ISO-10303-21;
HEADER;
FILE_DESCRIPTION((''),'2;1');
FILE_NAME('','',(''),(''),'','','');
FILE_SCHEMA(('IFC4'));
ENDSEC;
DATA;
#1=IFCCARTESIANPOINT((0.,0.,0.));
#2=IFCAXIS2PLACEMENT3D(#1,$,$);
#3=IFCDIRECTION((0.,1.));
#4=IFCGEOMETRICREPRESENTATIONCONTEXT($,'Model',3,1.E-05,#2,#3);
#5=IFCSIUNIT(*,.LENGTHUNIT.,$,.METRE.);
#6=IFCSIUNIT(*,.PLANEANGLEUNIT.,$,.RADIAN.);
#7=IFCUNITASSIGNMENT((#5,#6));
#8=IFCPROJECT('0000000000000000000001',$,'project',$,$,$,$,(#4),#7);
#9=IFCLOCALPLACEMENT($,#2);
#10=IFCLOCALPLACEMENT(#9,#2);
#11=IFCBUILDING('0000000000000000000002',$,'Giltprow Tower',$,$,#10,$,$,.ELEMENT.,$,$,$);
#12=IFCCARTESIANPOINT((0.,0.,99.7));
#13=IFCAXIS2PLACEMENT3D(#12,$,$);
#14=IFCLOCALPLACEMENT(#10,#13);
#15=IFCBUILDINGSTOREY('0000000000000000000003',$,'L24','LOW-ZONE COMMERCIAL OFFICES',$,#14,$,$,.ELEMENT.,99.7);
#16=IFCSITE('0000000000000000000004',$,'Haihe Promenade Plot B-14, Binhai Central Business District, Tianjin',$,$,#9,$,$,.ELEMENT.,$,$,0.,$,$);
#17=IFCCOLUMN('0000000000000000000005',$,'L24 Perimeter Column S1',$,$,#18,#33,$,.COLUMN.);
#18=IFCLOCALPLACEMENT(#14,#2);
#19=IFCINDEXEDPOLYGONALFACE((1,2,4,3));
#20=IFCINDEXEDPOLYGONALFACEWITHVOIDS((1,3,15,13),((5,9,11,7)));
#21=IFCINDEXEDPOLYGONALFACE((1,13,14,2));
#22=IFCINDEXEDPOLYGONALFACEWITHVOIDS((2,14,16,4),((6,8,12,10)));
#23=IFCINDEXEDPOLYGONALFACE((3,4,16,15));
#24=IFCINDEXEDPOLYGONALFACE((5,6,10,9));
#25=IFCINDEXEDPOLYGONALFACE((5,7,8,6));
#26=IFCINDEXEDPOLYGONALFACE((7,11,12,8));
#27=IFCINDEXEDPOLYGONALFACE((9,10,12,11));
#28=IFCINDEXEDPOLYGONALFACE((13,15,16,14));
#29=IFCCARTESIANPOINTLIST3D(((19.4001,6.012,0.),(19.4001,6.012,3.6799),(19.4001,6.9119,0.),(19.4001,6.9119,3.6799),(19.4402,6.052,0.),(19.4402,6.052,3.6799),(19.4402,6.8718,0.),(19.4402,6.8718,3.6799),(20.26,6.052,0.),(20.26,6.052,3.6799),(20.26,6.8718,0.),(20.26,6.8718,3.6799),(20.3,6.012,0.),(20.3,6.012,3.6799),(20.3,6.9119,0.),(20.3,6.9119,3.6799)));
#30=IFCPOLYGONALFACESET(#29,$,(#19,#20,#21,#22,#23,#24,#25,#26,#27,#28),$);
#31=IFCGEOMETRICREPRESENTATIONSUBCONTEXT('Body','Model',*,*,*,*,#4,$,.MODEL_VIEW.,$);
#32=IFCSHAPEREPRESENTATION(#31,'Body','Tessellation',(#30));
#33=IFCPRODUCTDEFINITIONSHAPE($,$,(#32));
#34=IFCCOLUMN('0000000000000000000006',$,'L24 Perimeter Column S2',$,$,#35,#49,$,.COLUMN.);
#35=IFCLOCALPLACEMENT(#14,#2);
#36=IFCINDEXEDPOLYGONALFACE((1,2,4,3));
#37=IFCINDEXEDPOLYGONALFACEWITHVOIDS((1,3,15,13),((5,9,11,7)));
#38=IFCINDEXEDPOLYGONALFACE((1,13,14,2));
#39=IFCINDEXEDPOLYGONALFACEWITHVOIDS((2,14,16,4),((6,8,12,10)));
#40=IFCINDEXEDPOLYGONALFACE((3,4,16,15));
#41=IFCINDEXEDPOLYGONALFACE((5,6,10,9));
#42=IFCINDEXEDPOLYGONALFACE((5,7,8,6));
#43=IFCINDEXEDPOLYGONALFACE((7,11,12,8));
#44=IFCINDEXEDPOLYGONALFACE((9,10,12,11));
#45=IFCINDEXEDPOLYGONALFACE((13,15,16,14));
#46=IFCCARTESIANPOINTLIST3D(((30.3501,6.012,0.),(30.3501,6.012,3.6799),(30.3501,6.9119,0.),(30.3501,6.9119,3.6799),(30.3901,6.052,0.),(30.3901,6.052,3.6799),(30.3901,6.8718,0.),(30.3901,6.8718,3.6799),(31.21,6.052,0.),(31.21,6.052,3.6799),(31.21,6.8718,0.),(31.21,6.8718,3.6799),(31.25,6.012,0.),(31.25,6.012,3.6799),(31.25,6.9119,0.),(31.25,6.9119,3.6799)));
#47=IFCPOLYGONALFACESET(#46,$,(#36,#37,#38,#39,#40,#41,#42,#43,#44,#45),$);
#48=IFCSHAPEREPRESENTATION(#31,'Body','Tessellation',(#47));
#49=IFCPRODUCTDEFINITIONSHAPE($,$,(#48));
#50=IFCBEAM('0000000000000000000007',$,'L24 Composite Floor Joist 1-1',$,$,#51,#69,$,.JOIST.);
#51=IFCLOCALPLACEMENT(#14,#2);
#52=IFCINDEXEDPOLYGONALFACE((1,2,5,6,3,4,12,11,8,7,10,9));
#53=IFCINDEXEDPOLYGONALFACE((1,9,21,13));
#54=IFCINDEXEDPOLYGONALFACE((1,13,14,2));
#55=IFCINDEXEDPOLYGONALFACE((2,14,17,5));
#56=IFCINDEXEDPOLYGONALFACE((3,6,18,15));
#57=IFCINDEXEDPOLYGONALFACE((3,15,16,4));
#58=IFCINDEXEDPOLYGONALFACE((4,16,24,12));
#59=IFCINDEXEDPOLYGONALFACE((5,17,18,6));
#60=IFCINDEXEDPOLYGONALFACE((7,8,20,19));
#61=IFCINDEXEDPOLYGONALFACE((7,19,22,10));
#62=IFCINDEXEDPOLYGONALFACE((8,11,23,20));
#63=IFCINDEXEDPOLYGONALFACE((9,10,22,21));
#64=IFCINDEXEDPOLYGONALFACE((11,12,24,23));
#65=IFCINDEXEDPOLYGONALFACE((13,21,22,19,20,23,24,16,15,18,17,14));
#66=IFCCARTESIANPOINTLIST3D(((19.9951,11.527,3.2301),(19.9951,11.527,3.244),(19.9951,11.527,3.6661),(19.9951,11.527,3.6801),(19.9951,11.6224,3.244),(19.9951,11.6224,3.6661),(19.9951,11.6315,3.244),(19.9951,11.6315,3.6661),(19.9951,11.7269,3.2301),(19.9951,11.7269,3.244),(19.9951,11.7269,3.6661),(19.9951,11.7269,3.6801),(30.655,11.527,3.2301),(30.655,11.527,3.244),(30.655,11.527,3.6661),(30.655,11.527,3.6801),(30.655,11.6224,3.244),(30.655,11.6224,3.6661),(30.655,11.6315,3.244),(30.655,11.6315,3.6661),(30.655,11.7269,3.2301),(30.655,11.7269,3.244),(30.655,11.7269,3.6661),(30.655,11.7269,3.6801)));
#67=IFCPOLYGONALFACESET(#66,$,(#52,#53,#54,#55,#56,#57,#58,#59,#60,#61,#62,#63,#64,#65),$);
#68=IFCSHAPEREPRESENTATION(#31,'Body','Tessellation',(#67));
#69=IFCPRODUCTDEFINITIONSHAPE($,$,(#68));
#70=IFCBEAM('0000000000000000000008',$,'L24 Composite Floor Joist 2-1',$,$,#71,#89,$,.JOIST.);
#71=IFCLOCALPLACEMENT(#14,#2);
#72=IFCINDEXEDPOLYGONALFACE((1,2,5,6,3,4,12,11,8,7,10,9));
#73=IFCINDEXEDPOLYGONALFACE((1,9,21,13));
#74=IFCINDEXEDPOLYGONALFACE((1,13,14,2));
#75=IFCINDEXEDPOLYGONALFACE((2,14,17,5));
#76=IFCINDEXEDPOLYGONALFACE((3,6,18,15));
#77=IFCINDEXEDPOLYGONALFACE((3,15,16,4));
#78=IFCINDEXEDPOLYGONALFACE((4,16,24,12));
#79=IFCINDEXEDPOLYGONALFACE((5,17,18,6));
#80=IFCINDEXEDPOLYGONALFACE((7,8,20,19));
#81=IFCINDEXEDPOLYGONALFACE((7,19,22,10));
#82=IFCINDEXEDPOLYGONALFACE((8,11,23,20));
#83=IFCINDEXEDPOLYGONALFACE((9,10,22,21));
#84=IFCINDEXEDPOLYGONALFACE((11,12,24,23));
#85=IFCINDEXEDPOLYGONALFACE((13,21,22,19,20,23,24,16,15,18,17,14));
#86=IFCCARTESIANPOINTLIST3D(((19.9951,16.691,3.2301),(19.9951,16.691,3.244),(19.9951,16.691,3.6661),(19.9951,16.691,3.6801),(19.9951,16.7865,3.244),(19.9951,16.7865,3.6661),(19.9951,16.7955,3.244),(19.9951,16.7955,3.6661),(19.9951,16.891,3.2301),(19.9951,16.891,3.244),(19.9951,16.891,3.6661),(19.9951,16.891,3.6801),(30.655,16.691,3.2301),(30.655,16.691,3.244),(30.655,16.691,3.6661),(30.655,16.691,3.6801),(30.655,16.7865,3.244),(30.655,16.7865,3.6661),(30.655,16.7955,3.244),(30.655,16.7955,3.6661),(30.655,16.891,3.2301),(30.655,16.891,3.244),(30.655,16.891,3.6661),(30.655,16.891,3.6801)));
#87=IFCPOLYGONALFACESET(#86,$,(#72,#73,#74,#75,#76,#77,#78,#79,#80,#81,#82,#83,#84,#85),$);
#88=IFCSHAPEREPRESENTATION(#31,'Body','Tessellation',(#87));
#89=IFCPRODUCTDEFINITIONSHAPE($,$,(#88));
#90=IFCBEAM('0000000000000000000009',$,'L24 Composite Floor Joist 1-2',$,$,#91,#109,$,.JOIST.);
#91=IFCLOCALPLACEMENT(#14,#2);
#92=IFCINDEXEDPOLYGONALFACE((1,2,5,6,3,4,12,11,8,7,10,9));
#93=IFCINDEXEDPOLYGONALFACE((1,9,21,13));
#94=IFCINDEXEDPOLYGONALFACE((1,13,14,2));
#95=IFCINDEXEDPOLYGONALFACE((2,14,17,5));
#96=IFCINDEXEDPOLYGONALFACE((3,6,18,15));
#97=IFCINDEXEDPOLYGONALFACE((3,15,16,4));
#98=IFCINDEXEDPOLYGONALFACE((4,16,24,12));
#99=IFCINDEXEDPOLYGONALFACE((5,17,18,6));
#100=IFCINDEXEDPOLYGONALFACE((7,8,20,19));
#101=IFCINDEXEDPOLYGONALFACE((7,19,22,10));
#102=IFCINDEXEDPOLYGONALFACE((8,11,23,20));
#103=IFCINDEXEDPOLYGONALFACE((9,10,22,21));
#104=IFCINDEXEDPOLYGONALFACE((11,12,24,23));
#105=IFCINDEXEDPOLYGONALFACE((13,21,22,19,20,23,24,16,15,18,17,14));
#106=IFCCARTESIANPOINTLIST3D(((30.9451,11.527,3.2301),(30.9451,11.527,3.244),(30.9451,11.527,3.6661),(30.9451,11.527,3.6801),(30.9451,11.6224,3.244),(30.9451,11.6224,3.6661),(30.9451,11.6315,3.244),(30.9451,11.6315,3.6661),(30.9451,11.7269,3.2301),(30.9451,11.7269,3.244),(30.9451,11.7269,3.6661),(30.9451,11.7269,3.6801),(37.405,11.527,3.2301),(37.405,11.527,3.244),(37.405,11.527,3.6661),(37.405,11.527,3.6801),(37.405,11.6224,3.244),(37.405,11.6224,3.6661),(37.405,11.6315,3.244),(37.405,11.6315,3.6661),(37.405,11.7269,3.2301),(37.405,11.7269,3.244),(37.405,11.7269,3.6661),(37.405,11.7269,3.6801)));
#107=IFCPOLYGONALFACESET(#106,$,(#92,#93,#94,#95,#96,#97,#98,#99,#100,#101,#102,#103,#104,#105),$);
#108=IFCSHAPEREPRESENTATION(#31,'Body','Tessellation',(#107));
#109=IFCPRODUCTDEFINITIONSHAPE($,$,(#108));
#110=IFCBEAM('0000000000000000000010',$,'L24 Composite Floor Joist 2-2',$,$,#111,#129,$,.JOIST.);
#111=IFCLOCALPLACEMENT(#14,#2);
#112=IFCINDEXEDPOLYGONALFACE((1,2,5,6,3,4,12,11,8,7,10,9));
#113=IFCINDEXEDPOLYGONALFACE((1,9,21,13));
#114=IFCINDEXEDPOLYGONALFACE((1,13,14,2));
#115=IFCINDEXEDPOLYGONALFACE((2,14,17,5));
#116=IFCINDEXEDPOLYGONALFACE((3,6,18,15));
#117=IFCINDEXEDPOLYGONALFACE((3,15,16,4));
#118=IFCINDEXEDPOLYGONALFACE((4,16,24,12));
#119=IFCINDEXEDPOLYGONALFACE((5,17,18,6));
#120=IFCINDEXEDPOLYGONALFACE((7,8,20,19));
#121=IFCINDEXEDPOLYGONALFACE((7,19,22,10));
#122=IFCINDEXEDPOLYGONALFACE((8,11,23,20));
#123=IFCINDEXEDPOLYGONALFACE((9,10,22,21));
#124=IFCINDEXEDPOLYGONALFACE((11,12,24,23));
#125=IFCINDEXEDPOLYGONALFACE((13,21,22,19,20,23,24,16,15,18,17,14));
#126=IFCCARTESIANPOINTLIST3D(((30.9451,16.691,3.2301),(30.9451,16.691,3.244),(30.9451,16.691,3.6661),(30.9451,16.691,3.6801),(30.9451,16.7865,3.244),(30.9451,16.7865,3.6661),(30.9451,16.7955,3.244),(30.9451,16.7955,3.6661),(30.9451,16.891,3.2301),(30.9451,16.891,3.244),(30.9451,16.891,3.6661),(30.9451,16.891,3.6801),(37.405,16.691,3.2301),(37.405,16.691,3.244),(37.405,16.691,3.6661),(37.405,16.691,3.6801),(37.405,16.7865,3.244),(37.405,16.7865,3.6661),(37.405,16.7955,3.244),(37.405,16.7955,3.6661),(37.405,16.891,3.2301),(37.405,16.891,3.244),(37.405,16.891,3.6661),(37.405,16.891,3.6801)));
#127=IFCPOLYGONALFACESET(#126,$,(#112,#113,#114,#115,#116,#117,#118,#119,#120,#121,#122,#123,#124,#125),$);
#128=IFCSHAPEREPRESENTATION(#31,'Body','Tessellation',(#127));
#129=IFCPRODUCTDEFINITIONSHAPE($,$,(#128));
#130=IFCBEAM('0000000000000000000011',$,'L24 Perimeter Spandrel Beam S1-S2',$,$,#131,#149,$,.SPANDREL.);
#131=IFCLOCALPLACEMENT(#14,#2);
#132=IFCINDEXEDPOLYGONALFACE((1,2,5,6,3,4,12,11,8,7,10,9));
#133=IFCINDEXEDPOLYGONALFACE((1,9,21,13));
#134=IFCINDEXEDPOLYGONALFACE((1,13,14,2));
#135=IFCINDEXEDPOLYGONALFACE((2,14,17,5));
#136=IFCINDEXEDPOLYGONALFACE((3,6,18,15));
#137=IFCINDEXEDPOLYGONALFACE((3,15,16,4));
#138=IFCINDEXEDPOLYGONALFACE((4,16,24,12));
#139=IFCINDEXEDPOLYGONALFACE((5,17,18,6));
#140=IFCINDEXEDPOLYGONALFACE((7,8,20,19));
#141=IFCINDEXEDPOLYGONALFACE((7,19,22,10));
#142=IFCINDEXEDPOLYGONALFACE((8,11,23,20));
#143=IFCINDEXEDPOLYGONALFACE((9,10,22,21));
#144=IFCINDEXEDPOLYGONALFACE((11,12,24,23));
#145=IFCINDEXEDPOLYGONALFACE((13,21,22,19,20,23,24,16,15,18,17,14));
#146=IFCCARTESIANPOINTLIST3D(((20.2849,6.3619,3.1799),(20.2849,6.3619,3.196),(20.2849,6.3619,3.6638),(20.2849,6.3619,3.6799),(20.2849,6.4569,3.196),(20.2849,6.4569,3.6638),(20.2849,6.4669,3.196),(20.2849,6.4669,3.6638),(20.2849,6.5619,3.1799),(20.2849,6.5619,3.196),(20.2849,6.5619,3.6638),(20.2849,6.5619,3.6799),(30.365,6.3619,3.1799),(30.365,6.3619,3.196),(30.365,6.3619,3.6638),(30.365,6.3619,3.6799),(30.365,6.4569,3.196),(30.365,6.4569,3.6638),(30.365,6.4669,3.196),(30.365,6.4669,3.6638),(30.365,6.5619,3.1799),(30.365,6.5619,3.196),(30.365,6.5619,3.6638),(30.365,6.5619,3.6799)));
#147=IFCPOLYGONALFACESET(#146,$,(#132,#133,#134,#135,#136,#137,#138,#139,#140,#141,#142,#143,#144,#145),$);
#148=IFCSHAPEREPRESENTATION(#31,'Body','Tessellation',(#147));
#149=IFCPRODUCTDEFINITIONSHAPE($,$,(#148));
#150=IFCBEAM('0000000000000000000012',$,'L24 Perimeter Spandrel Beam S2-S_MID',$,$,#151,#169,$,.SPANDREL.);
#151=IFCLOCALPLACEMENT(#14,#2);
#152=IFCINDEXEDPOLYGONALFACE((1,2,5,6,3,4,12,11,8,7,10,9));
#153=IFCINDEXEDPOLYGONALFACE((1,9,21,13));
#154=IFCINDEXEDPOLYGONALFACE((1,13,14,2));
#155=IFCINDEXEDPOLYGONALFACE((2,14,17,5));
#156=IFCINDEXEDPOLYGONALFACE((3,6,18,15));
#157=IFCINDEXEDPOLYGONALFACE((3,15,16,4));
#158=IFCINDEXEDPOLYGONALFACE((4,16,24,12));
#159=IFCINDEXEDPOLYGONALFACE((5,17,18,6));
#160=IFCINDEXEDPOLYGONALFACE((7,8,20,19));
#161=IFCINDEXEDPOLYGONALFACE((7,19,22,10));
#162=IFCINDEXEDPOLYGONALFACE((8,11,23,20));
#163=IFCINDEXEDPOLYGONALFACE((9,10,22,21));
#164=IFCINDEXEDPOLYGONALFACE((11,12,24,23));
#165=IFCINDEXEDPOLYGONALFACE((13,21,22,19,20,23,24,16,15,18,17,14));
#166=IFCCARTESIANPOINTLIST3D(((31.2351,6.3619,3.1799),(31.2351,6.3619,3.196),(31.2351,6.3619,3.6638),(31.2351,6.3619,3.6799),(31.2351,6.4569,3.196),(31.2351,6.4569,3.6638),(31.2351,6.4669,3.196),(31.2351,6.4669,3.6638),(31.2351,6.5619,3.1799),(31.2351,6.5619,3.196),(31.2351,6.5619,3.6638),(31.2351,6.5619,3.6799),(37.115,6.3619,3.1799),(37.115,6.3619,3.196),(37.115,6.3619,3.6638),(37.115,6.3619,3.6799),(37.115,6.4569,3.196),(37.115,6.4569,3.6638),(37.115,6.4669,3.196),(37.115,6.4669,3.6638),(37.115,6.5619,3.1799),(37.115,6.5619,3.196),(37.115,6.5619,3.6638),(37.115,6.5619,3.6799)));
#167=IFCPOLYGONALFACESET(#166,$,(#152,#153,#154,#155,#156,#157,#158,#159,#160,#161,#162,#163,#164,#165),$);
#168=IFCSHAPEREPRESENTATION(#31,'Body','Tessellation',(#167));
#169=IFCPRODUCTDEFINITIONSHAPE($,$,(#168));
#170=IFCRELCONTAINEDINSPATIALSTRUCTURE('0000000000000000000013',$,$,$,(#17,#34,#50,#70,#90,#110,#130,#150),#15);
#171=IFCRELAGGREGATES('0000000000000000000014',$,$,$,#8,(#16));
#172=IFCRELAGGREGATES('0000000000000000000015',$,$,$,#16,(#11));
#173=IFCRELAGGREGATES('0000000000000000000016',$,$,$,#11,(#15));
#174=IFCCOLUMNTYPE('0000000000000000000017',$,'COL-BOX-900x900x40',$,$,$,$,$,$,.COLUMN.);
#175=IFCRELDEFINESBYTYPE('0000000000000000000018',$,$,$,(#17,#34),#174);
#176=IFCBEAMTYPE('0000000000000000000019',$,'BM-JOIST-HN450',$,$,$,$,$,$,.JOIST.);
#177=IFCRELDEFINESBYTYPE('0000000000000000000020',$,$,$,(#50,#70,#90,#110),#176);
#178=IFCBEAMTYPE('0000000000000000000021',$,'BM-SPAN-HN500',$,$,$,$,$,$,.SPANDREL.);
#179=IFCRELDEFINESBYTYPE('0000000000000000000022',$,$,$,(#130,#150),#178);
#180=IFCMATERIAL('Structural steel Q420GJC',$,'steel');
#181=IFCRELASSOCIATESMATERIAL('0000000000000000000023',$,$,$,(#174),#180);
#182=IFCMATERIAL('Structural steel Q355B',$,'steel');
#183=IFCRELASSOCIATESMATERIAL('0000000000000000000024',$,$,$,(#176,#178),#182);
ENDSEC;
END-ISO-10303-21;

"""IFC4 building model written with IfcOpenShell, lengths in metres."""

from ifc_helpers import new_model, si_unit, direction, frame, origin, origin_2d, place, context, subcontext, project, spatial, hollow_rectangle, i_section, extrude, source, transform, mapped, material, material_profile, profile_set, type_object, element, save


model = new_model("IFC4")

# Units and contexts
model_context = context("Model", 3, precision=1e-05, world=origin(), true_north=direction((0.0, 1.0)))
body_context = subcontext(model_context, "Body", "Model", "MODEL_VIEW")
ifc_project = project(units=[si_unit("LENGTHUNIT", "METRE"), si_unit("PLANEANGLEUNIT", "RADIAN")], contexts=[model_context])

# Site, building, storey
site_placement = place(None, origin())
site = spatial("IfcSite", under=ifc_project, at=site_placement, Name="Haihe Promenade Plot B-14, Binhai Central Business District, Tianjin", CompositionType="ELEMENT", RefElevation=0.0)
building_placement = place(site_placement, origin())
building = spatial("IfcBuilding", under=site, at=building_placement, Name="Giltprow Tower", CompositionType="ELEMENT")
storey_placement = place(building_placement, frame((0.0, 0.0, 99.7)))
storey = spatial("IfcBuildingStorey", under=building, at=storey_placement, Name="L24", Description="LOW-ZONE COMMERCIAL OFFICES", CompositionType="ELEMENT", Elevation=99.7)

# Columns
ifc_material_1 = material(Name="Structural steel Q420GJC", Category="steel")
ifc_material_profile_1 = material_profile(ifc_material_1, hollow_rectangle(XDim=0.8999, YDim=0.8999, WallThickness=0.04, at=origin_2d()), Name="BOX 900x900x40")
ifc_profile_set_1 = profile_set([ifc_material_profile_1], Name="Structural steel Q420GJC")
column_type = type_object("IfcColumnType", Name="COL-BOX-900x900x40", PredefinedType="COLUMN", material=ifc_profile_set_1)
shared_shape_1 = source(origin(), body_context, "Body", "SweptSolid", [
    extrude(hollow_rectangle(XDim=0.8999, YDim=0.8999, WallThickness=0.04, at=origin_2d()), origin(), (0.0, 0.0, 1.0), 3.6799),
])
for number, where, z_axis, x_axis, name in (
    (1, (19.8501, 6.4619, 0.0), (0.0, 0.0, 1.0), (1.0, 0.0, 0.0), "L24 Perimeter Column S1"),
    (2, (30.8, 6.4619, 0.0), (0.0, 0.0, 1.0), (1.0, 0.0, 0.0), "L24 Perimeter Column S2"),
):
    element("IfcColumn", number, at=place(storey_placement, frame(where, z_axis=z_axis, x_axis=x_axis)), inside=storey, type_object=column_type, Name=name, PredefinedType="COLUMN", context=body_context, shape_type="MappedRepresentation", body=[
        mapped(shared_shape_1, transform((0.0, 0.0, 0.0), x_axis=(1.0, 0.0, 0.0), y_axis=(0.0, 1.0, 0.0), z_axis=(0.0, 0.0, 1.0), scale=1.0)),
    ])

# Beams
ifc_material_2 = material(Name="Structural steel Q355B", Category="steel")
ifc_material_profile_2 = material_profile(ifc_material_2, i_section(OverallWidth=0.2, OverallDepth=0.45, WebThickness=0.009, FlangeThickness=0.0139, at=origin_2d()), Name="HN 450x200x9x14")
ifc_profile_set_2 = profile_set([ifc_material_profile_2], Name="Structural steel Q355B")
beam_type_1 = type_object("IfcBeamType", Name="BM-JOIST-HN450", PredefinedType="JOIST", material=ifc_profile_set_2)
shared_shape_2 = source(origin(), body_context, "Body", "SweptSolid", [
    extrude(i_section(OverallWidth=0.2, OverallDepth=0.45, WebThickness=0.009, FlangeThickness=0.0139, at=origin_2d()), origin(), (0.0, 0.0, 1.0), 10.6599),
])
for number, where, z_axis, x_axis, name in (
    (3, (19.9951, 11.627, 3.4551), (1.0, 0.0, 0.0), (0.0, 1.0, 0.0), "L24 Composite Floor Joist 1-1"),
    (4, (19.9951, 16.791, 3.4551), (1.0, 0.0, 0.0), (0.0, 1.0, 0.0), "L24 Composite Floor Joist 2-1"),
):
    element("IfcBeam", number, at=place(storey_placement, frame(where, z_axis=z_axis, x_axis=x_axis)), inside=storey, type_object=beam_type_1, Name=name, PredefinedType="JOIST", context=body_context, shape_type="MappedRepresentation", body=[
        mapped(shared_shape_2, transform((0.0, 0.0, 0.0), x_axis=(1.0, 0.0, 0.0), y_axis=(0.0, 1.0, 0.0), z_axis=(0.0, 0.0, 1.0), scale=1.0)),
    ])
shared_shape_3 = source(origin(), body_context, "Body", "SweptSolid", [
    extrude(i_section(OverallWidth=0.2, OverallDepth=0.45, WebThickness=0.009, FlangeThickness=0.0139, at=origin_2d()), origin(), (0.0, 0.0, 1.0), 6.46),
])
for number, where, z_axis, x_axis, name in (
    (5, (30.9451, 11.627, 3.4551), (1.0, 0.0, 0.0), (0.0, 1.0, 0.0), "L24 Composite Floor Joist 1-2"),
    (6, (30.9451, 16.791, 3.4551), (1.0, 0.0, 0.0), (0.0, 1.0, 0.0), "L24 Composite Floor Joist 2-2"),
):
    element("IfcBeam", number, at=place(storey_placement, frame(where, z_axis=z_axis, x_axis=x_axis)), inside=storey, type_object=beam_type_1, Name=name, PredefinedType="JOIST", context=body_context, shape_type="MappedRepresentation", body=[
        mapped(shared_shape_3, transform((0.0, 0.0, 0.0), x_axis=(1.0, 0.0, 0.0), y_axis=(0.0, 1.0, 0.0), z_axis=(0.0, 0.0, 1.0), scale=1.0)),
    ])
ifc_material_profile_3 = material_profile(ifc_material_2, i_section(OverallWidth=0.2, OverallDepth=0.5, WebThickness=0.01, FlangeThickness=0.0161, at=origin_2d()), Name="HN 500x200x10x16")
ifc_profile_set_3 = profile_set([ifc_material_profile_3], Name="Structural steel Q355B")
beam_type_2 = type_object("IfcBeamType", Name="BM-SPAN-HN500", PredefinedType="SPANDREL", material=ifc_profile_set_3)
shared_shape_4 = source(origin(), body_context, "Body", "SweptSolid", [
    extrude(i_section(OverallWidth=0.2, OverallDepth=0.5, WebThickness=0.01, FlangeThickness=0.0161, at=origin_2d()), origin(), (0.0, 0.0, 1.0), 10.0801),
])
beam_1_placement = place(storey_placement, frame((20.2849, 6.4619, 3.4299), z_axis=(1.0, 0.0, 0.0), x_axis=(0.0, 1.0, 0.0)))
element("IfcBeam", 7, at=beam_1_placement, inside=storey, type_object=beam_type_2, Name="L24 Perimeter Spandrel Beam S1-S2", PredefinedType="SPANDREL", context=body_context, shape_type="MappedRepresentation", body=[
    mapped(shared_shape_4, transform((0.0, 0.0, 0.0), x_axis=(1.0, 0.0, 0.0), y_axis=(0.0, 1.0, 0.0), z_axis=(0.0, 0.0, 1.0), scale=1.0)),
])
shared_shape_5 = source(origin(), body_context, "Body", "SweptSolid", [
    extrude(i_section(OverallWidth=0.2, OverallDepth=0.5, WebThickness=0.01, FlangeThickness=0.0161, at=origin_2d()), origin(), (0.0, 0.0, 1.0), 5.8799),
])
beam_2_placement = place(storey_placement, frame((31.2351, 6.4619, 3.4299), z_axis=(1.0, 0.0, 0.0), x_axis=(0.0, 1.0, 0.0)))
element("IfcBeam", 8, at=beam_2_placement, inside=storey, type_object=beam_type_2, Name="L24 Perimeter Spandrel Beam S2-S_MID", PredefinedType="SPANDREL", context=body_context, shape_type="MappedRepresentation", body=[
    mapped(shared_shape_5, transform((0.0, 0.0, 0.0), x_axis=(1.0, 0.0, 0.0), y_axis=(0.0, 1.0, 0.0), z_axis=(0.0, 0.0, 1.0), scale=1.0)),
])

save(model, "model.ifc")
